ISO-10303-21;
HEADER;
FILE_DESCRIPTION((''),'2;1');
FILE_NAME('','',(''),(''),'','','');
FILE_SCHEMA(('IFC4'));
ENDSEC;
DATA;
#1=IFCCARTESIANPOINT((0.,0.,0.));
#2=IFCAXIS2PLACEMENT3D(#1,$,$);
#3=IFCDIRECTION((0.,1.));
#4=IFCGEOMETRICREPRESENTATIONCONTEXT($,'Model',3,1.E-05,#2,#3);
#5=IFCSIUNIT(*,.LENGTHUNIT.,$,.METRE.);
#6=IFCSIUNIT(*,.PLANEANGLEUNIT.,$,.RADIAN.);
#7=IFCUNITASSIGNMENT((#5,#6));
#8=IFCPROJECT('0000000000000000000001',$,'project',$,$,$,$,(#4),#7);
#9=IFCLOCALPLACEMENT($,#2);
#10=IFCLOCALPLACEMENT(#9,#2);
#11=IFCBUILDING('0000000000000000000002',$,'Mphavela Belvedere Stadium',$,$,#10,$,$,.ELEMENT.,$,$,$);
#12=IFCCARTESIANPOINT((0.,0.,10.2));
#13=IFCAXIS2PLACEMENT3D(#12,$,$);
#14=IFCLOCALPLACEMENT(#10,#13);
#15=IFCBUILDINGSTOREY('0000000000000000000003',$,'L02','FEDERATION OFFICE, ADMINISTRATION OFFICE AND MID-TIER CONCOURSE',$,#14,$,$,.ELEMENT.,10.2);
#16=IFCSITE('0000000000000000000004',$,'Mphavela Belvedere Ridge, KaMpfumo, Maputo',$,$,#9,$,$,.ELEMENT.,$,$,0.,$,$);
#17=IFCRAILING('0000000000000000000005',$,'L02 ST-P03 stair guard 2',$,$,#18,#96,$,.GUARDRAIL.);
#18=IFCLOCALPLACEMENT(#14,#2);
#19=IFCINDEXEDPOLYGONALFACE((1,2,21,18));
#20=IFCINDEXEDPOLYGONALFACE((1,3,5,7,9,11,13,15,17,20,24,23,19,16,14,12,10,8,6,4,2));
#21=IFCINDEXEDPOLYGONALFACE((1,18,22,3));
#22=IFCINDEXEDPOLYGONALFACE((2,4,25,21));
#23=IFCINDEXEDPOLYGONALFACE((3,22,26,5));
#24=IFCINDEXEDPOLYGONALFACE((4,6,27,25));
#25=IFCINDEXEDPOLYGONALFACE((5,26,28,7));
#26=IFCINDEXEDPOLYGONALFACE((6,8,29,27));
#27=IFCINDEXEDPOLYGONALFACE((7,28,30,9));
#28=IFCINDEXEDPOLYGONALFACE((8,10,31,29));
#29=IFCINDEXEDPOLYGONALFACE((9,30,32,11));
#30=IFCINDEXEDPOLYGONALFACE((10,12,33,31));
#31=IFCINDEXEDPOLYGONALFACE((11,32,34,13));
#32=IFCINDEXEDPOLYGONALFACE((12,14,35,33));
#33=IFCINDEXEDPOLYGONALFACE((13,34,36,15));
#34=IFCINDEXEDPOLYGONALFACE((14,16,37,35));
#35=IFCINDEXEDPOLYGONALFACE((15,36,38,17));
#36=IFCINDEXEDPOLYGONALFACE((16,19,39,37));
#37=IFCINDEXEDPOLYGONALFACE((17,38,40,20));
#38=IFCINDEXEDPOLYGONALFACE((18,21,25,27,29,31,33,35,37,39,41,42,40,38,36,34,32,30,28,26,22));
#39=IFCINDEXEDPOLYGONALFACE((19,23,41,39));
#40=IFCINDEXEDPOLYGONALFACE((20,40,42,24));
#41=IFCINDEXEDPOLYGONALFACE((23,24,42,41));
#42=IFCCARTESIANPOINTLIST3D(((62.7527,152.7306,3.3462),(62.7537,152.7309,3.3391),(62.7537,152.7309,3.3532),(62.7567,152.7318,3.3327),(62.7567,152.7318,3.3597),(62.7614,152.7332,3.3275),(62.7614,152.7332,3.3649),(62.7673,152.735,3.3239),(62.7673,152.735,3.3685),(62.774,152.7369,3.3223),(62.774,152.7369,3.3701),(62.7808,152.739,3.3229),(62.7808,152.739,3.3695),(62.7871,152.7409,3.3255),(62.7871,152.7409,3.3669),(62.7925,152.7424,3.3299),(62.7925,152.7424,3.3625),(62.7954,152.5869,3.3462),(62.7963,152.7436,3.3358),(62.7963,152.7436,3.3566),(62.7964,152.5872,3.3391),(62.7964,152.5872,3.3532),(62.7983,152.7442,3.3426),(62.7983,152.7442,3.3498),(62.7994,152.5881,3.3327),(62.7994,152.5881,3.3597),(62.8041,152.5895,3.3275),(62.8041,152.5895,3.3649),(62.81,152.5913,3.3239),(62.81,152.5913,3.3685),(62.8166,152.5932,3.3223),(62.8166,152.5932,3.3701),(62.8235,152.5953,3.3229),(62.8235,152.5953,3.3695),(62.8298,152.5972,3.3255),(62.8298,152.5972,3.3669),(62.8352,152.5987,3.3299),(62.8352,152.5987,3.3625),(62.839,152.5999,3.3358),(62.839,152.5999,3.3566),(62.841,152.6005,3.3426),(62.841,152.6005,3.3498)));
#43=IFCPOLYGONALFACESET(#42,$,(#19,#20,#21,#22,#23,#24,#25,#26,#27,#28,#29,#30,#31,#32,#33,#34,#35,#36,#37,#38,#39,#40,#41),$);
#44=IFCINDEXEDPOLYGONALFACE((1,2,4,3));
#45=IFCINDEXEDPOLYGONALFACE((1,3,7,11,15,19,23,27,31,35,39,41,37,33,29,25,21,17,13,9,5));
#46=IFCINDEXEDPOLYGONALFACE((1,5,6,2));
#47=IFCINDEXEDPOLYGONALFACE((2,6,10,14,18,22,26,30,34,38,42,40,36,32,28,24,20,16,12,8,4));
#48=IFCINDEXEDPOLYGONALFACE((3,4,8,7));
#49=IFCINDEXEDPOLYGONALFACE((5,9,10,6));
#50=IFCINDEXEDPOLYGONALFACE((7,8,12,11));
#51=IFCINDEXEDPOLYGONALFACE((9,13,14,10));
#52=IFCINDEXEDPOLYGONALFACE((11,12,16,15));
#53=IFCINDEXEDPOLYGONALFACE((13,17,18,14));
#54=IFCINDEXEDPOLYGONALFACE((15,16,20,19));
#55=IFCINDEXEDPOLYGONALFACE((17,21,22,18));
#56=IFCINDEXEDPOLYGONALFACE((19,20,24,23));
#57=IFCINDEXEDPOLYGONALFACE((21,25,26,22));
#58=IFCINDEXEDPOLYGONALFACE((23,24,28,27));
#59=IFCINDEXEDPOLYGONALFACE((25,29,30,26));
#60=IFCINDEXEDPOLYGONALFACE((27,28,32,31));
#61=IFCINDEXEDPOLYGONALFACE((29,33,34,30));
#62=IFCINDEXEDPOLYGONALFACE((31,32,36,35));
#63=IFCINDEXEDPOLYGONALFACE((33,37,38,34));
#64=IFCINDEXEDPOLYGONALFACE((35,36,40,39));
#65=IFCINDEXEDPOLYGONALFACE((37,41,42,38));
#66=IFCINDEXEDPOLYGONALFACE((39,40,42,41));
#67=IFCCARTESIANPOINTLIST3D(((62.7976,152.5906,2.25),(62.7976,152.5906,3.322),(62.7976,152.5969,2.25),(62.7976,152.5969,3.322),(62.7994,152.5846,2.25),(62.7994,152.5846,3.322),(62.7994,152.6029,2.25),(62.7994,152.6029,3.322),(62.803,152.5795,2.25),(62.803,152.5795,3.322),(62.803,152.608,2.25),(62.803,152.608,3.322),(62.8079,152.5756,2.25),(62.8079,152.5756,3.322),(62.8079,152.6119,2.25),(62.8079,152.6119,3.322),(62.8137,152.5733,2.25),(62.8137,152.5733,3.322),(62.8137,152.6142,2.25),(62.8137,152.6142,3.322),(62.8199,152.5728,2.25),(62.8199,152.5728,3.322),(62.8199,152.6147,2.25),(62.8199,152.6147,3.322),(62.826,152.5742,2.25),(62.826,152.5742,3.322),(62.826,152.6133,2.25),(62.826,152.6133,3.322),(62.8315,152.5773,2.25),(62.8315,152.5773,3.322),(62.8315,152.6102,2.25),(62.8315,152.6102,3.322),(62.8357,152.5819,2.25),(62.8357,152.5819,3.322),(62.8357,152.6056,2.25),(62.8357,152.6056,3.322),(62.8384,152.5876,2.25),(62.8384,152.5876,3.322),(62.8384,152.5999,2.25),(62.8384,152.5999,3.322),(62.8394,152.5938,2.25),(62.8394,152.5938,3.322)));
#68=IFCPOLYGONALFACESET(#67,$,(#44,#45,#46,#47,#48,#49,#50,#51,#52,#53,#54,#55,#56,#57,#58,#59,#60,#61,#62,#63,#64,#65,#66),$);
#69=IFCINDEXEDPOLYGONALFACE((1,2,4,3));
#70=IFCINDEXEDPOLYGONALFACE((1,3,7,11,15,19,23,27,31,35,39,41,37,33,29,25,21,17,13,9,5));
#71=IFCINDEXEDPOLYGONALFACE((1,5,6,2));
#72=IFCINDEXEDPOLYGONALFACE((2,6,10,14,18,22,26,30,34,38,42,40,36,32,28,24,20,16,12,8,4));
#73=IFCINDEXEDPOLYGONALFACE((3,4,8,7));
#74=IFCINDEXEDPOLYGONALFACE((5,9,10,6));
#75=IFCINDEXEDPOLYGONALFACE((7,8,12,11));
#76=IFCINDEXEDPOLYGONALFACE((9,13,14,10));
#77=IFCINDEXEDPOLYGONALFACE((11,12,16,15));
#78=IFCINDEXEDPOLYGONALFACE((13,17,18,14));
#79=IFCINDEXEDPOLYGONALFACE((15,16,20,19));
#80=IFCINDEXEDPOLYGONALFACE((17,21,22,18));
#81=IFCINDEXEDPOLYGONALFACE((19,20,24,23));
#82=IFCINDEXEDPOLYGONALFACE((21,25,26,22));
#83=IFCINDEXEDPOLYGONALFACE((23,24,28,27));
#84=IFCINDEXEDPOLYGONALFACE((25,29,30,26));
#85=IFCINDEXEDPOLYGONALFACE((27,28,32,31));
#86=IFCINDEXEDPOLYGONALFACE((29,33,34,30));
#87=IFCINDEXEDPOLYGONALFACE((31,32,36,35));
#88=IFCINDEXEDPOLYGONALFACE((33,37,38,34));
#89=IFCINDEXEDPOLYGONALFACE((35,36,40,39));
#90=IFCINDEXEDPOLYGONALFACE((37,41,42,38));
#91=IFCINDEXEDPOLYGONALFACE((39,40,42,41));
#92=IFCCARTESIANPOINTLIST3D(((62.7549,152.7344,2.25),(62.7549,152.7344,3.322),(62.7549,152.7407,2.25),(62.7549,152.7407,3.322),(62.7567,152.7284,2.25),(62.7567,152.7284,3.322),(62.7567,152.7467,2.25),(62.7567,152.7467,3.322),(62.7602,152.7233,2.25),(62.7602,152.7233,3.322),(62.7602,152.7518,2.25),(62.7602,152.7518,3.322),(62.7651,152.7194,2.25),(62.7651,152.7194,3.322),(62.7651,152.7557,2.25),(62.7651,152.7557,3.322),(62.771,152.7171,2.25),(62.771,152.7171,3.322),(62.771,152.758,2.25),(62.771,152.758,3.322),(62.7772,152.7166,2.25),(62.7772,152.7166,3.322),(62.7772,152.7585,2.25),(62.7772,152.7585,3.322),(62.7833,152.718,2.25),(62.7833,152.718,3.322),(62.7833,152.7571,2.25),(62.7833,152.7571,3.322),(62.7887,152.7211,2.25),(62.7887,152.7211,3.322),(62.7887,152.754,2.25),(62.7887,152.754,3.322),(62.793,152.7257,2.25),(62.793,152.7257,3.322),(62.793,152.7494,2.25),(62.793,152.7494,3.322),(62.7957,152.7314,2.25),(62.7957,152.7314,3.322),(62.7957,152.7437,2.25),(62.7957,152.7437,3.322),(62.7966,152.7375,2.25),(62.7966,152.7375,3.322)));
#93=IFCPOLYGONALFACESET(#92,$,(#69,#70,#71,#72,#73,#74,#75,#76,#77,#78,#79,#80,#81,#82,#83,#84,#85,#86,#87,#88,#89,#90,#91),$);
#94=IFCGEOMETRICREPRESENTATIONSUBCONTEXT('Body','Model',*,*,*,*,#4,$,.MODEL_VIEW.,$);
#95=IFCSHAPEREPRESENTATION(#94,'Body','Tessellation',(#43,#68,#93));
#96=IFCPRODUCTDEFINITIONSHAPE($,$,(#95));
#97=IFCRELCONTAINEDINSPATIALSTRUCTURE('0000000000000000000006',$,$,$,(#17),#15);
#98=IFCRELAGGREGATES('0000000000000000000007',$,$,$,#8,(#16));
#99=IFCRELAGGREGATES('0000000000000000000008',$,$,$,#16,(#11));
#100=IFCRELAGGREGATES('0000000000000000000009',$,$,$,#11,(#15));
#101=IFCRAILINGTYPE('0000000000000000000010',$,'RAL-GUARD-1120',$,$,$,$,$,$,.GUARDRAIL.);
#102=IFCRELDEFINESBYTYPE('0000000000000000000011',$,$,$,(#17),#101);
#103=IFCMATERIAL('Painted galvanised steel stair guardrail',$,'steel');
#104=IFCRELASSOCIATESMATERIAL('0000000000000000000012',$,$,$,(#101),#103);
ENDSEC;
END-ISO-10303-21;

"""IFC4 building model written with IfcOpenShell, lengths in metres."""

from ifc_helpers import new_model, si_unit, direction, frame, origin, origin_2d, place, context, subcontext, project, spatial, circle, extrude, material, type_object, element, save


model = new_model("IFC4")

# Units and contexts
model_context = context("Model", 3, precision=1e-05, world=origin(), true_north=direction((0.0, 1.0)))
body_context = subcontext(model_context, "Body", "Model", "MODEL_VIEW")
ifc_project = project(units=[si_unit("LENGTHUNIT", "METRE"), si_unit("PLANEANGLEUNIT", "RADIAN")], contexts=[model_context])

# Site, building, storey
site_placement = place(None, origin())
site = spatial("IfcSite", under=ifc_project, at=site_placement, Name="Mphavela Belvedere Ridge, KaMpfumo, Maputo", CompositionType="ELEMENT", RefElevation=0.0)
building_placement = place(site_placement, origin())
building = spatial("IfcBuilding", under=site, at=building_placement, Name="Mphavela Belvedere Stadium", CompositionType="ELEMENT")
storey_placement = place(building_placement, frame((0.0, 0.0, 10.2)))
storey = spatial("IfcBuildingStorey", under=building, at=storey_placement, Name="L02", Description="FEDERATION OFFICE, ADMINISTRATION OFFICE AND MID-TIER CONCOURSE", CompositionType="ELEMENT", Elevation=10.2)

# Railing
ifc_material_1 = material(Name="Painted galvanised steel stair guardrail", Category="steel")
railing_type_1 = type_object("IfcRailingType", Name="RAL-GUARD-1120", PredefinedType="GUARDRAIL", material=ifc_material_1)
railing_1_placement = place(storey_placement, frame((62.8184, 152.5938, 2.25)))
element("IfcRailing", 1, at=railing_1_placement, inside=storey, type_object=railing_type_1, Name="L02 ST-P03 stair guard 2", PredefinedType="GUARDRAIL", context=body_context, shape_type="SweptSolid", body=[
    extrude(circle(Radius=0.0239, at=origin_2d()), frame((0.0, 0.0, 1.0962), z_axis=(-0.284809, 0.958584, 0.0), x_axis=(-0.958584, -0.284809, 0.0)), (0.0, 0.0, 1.0), 0.1499),
    extrude(circle(Radius=0.021, at=origin_2d()), origin(), (0.0, 0.0, 1.0), 1.072),
    extrude(circle(Radius=0.021, at=origin_2d()), frame((-0.0427, 0.1438, 0.0)), (0.0, 0.0, 1.0), 1.072),
])

save(model, "model.ifc")
